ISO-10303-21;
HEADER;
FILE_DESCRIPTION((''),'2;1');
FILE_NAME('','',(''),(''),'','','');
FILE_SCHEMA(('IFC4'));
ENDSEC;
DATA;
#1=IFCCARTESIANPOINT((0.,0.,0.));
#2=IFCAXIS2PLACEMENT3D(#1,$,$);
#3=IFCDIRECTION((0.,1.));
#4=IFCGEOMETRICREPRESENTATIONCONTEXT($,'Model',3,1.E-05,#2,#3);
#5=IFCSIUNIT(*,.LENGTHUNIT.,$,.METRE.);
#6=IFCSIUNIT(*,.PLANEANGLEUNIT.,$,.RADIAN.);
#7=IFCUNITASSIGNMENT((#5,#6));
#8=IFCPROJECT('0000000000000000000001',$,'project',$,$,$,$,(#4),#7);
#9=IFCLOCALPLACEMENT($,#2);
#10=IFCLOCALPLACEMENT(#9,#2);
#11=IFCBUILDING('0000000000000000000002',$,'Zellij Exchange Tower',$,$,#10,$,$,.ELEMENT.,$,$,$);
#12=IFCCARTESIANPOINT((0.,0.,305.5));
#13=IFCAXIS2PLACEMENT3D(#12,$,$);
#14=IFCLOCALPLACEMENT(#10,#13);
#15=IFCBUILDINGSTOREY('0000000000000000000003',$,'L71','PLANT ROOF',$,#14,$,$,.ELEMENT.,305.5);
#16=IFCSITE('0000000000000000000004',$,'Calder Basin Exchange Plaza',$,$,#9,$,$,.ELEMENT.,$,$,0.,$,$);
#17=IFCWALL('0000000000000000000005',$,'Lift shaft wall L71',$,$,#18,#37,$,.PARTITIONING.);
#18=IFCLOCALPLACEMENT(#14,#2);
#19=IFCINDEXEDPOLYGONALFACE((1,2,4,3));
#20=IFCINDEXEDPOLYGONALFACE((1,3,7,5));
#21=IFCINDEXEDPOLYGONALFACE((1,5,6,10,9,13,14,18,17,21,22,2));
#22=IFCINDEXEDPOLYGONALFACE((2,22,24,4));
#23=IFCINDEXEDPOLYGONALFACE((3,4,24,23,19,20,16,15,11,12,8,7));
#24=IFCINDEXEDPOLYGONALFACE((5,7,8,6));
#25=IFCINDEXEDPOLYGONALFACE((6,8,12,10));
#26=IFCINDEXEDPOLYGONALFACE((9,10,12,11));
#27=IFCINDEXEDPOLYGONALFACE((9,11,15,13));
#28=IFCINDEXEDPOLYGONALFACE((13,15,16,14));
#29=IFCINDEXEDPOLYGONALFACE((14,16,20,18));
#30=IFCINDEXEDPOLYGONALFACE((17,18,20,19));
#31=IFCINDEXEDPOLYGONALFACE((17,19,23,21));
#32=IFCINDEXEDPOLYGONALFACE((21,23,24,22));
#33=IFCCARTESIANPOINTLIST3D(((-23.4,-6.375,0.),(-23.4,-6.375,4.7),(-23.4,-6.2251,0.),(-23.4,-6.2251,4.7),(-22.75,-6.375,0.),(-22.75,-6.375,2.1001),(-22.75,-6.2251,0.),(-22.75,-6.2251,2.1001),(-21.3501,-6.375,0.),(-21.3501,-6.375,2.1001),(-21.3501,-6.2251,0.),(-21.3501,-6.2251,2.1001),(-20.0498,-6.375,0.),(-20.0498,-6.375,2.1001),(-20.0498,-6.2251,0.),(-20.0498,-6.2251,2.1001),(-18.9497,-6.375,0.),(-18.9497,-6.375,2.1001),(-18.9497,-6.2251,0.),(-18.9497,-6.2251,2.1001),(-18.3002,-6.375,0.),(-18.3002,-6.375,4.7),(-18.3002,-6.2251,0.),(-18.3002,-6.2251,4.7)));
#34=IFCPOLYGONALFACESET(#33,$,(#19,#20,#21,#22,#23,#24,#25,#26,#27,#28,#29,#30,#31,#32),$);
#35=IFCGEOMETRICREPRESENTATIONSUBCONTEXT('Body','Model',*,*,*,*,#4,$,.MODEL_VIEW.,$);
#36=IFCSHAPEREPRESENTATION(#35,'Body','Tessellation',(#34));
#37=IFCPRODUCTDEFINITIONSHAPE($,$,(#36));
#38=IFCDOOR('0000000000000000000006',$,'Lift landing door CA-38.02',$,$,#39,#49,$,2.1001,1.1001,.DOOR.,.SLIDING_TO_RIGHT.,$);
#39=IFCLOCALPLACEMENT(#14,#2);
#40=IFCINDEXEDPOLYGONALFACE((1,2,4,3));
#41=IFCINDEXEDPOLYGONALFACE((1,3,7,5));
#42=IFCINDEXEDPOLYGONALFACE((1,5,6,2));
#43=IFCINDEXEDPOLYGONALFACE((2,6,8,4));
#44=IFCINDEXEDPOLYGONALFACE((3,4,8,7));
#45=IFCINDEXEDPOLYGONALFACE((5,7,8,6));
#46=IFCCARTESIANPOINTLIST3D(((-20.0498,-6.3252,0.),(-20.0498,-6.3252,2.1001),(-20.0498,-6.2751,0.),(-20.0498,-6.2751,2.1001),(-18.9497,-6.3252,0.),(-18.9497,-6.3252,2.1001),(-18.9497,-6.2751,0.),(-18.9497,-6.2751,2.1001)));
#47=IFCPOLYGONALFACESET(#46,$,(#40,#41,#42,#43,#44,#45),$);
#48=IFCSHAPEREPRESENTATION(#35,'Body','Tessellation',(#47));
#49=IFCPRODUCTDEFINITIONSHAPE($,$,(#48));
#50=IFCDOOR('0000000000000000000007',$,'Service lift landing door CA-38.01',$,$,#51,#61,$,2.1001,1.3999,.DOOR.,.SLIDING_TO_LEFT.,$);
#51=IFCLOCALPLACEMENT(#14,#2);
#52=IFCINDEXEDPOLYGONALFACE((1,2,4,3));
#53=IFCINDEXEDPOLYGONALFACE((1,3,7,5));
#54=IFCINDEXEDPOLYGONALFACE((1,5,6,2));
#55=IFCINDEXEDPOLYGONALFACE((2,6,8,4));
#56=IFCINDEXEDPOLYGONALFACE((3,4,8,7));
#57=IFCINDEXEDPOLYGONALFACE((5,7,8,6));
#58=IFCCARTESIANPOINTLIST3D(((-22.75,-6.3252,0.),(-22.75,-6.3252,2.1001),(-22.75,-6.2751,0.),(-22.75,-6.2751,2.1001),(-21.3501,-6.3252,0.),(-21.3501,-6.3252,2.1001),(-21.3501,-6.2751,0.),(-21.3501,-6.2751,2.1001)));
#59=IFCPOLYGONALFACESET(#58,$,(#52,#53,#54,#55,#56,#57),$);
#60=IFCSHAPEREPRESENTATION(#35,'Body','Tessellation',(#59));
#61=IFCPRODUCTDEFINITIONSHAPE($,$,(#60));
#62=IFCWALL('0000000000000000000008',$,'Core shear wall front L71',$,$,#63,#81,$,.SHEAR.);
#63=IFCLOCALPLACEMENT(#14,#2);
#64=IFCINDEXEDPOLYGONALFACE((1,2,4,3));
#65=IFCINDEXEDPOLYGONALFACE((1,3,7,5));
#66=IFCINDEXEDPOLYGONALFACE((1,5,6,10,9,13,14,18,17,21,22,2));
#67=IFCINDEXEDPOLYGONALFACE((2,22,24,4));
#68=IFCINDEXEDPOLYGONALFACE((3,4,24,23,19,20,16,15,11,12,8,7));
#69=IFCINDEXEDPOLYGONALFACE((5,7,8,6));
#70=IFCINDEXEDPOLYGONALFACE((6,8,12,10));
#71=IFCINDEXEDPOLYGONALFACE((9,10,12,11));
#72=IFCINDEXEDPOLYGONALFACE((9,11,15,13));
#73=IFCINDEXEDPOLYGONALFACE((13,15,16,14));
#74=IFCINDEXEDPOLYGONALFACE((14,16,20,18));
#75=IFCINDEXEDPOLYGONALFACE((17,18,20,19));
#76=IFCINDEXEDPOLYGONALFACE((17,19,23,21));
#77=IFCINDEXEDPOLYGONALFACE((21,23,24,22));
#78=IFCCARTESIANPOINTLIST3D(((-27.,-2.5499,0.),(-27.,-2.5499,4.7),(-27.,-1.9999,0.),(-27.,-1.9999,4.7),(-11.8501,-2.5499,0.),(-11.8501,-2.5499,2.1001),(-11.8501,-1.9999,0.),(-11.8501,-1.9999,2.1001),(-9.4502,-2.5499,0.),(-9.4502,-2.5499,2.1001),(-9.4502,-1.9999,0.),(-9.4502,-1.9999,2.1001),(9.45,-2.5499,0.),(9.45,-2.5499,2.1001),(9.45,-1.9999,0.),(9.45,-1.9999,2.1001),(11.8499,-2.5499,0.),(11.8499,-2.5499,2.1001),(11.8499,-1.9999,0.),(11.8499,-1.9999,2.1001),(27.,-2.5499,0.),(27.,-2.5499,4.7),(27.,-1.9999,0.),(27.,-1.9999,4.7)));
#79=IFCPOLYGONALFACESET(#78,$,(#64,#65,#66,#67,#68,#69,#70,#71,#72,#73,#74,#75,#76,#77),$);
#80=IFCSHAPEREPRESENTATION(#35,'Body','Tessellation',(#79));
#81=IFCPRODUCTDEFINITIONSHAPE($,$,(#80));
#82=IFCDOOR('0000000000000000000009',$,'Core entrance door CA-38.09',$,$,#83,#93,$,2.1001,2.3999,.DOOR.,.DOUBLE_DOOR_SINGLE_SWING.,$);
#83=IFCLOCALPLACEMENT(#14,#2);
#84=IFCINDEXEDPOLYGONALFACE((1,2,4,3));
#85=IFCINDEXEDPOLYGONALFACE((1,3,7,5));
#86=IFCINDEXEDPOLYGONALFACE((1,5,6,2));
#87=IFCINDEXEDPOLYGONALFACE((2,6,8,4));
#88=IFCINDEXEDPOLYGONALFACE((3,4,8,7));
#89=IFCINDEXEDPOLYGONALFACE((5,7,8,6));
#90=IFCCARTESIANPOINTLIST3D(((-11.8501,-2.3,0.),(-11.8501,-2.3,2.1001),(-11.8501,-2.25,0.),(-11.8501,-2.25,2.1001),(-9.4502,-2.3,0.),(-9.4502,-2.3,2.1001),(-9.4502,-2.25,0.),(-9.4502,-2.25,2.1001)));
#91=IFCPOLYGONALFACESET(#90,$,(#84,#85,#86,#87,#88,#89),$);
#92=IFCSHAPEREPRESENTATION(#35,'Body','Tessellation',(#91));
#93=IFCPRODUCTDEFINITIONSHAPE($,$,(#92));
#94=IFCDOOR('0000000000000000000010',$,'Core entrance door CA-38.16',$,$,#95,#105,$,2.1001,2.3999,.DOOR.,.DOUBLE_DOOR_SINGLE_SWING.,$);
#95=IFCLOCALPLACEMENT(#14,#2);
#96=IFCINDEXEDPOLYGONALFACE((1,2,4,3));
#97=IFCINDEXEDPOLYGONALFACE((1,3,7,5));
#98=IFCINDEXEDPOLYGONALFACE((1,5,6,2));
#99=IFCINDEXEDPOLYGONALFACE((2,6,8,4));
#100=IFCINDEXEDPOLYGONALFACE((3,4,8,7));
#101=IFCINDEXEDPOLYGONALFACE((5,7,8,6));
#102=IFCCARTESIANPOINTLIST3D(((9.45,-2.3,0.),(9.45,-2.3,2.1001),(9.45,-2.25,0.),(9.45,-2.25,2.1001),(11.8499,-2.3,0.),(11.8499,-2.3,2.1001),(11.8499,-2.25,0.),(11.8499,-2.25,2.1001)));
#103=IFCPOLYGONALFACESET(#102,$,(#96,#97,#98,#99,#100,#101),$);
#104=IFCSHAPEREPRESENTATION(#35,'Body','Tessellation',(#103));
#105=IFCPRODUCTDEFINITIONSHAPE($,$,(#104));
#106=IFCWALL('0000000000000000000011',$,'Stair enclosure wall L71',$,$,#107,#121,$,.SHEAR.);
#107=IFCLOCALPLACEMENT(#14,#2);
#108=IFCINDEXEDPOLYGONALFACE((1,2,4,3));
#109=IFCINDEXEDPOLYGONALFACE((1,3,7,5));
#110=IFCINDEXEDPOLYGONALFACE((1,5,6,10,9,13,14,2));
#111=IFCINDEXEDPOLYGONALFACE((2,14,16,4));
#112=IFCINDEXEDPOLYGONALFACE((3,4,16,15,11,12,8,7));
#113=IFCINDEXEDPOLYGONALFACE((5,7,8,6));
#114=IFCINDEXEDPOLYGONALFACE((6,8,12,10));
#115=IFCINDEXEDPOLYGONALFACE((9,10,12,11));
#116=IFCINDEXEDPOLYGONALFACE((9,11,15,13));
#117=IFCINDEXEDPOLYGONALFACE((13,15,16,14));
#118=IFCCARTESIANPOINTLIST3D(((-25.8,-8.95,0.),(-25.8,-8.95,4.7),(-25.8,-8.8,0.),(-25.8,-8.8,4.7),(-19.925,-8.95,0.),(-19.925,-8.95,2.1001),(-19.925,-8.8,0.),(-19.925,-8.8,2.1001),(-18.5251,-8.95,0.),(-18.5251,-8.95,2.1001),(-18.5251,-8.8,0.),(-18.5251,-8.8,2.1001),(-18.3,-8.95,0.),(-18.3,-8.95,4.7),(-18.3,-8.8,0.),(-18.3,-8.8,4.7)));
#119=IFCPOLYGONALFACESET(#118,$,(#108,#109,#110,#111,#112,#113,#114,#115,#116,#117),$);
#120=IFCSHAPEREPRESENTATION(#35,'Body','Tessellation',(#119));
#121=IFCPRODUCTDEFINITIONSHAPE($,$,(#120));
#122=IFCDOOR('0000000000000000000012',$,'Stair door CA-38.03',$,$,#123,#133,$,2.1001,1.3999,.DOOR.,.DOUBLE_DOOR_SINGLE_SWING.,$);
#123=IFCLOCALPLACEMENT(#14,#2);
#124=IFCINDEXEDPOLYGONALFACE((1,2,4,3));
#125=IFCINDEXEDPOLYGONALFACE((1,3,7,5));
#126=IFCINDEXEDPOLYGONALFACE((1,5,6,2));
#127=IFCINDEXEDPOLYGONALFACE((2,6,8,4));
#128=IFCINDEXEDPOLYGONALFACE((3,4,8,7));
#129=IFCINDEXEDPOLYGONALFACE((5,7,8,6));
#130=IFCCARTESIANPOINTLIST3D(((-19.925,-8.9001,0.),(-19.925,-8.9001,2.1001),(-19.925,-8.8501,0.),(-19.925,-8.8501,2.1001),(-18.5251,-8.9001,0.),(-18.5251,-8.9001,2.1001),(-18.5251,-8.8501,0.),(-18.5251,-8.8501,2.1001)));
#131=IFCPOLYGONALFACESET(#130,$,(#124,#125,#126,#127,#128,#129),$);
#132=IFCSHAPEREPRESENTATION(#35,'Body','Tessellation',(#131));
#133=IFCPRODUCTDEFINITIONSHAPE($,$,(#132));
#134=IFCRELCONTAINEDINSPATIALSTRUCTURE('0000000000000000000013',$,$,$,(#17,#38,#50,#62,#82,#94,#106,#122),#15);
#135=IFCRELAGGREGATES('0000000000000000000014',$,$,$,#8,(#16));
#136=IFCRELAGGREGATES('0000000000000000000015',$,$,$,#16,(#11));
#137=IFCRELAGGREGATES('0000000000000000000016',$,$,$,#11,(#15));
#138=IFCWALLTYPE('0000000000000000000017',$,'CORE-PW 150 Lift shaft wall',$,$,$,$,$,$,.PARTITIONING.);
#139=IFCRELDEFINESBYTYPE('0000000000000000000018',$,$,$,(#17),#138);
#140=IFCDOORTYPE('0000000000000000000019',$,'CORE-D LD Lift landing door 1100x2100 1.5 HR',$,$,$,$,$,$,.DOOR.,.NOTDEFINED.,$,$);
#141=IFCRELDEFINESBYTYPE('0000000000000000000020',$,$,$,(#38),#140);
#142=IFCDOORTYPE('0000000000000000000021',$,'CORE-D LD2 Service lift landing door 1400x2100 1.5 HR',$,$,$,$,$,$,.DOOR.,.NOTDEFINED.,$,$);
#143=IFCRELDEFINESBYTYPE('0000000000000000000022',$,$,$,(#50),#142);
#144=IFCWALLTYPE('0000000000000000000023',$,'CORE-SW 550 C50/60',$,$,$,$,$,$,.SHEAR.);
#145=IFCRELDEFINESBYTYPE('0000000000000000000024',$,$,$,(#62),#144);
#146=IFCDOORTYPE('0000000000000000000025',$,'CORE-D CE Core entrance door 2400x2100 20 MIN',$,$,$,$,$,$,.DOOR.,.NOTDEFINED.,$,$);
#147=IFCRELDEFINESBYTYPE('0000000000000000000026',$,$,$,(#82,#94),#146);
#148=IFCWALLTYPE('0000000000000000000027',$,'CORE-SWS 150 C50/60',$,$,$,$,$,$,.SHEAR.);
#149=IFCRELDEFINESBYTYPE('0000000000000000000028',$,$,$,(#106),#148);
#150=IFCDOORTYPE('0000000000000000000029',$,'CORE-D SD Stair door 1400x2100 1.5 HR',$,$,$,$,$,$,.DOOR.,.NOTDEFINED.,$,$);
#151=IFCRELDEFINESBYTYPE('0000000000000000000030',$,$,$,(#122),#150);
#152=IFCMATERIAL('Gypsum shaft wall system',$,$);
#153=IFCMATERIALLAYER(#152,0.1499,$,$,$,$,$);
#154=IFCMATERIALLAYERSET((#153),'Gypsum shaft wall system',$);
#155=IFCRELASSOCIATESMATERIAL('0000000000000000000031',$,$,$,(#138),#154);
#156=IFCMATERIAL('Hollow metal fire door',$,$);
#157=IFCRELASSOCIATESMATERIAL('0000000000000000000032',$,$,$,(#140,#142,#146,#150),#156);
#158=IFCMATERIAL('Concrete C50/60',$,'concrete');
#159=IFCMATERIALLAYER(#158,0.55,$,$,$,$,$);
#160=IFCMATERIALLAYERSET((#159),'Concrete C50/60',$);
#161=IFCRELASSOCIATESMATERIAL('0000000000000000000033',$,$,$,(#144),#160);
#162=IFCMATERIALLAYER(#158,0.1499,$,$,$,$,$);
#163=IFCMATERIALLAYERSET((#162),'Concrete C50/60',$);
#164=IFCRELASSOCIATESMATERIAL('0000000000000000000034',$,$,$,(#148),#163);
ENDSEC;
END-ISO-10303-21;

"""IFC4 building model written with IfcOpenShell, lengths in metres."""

from ifc_helpers import new_model, si_unit, direction, frame, frame_2d, origin, place, context, subcontext, project, spatial, rectangle, extrude, material, layer, layer_set, type_object, element, fill, save


model = new_model("IFC4")

# Units and contexts
model_context = context("Model", 3, precision=1e-05, world=origin(), true_north=direction((0.0, 1.0)))
body_context = subcontext(model_context, "Body", "Model", "MODEL_VIEW")
ifc_project = project(units=[si_unit("LENGTHUNIT", "METRE"), si_unit("PLANEANGLEUNIT", "RADIAN")], contexts=[model_context])

# Site, building, storey
site_placement = place(None, origin())
site = spatial("IfcSite", under=ifc_project, at=site_placement, Name="Calder Basin Exchange Plaza", CompositionType="ELEMENT", RefElevation=0.0)
building_placement = place(site_placement, origin())
building = spatial("IfcBuilding", under=site, at=building_placement, Name="Zellij Exchange Tower", CompositionType="ELEMENT")
storey_placement = place(building_placement, frame((0.0, 0.0, 305.5)))
storey = spatial("IfcBuildingStorey", under=building, at=storey_placement, Name="L71", Description="PLANT ROOF", CompositionType="ELEMENT", Elevation=305.5)

# Shared definitions
ifc_material_1 = material(Name="Hollow metal fire door")

# Shared definitions
ifc_material_2 = material(Name="Gypsum shaft wall system")
ifc_layer_1 = layer(ifc_material_2, 0.1499)
ifc_layer_set_1 = layer_set([ifc_layer_1], Name="Gypsum shaft wall system")
wall_type_1 = type_object("IfcWallType", Name="CORE-PW 150 Lift shaft wall", PredefinedType="PARTITIONING", material=ifc_layer_set_1)

# Walls, openings, doors
wall_1_placement = place(storey_placement, frame((-23.3999, -6.3, 0.0), z_axis=(0.0, 0.0, 1.0), x_axis=(1.0, 0.0, 0.0)))
wall_1 = element("IfcWall", 1, at=wall_1_placement, inside=storey, type_object=wall_type_1, Name="Lift shaft wall L71", PredefinedType="PARTITIONING", context=body_context, shape_type="SweptSolid", body=[
    extrude(rectangle(XDim=5.0999, YDim=0.1499, at=frame_2d((2.5498, 0.0))), origin(), (0.0, 0.0, 1.0), 4.7),
])
opening_1_placement = place(wall_1_placement, frame((0.6499, 0.0, 0.0)))
opening_1 = element("IfcOpeningElement", 2, at=opening_1_placement, cuts=wall_1, PredefinedType="OPENING", context=body_context, shape_type="SweptSolid", body=[
    extrude(rectangle(XDim=1.3999, YDim=2.1001, at=frame_2d((0.7, 1.05))), frame((0.0, 0.0869, 0.0), z_axis=(0.0, -1.0, 0.0), x_axis=(1.0, 0.0, 0.0)), (0.0, 0.0, 1.0), 0.1738),
])
opening_2_placement = place(wall_1_placement, frame((3.3501, 0.0, 0.0)))
opening_2 = element("IfcOpeningElement", 3, at=opening_2_placement, cuts=wall_1, PredefinedType="OPENING", context=body_context, shape_type="SweptSolid", body=[
    extrude(rectangle(XDim=1.1001, YDim=2.1001, at=frame_2d((0.55, 1.05))), frame((0.0, 0.0869, 0.0), z_axis=(0.0, -1.0, 0.0), x_axis=(1.0, 0.0, 0.0)), (0.0, 0.0, 1.0), 0.1738),
])
door_type_1 = type_object("IfcDoorType", Name="CORE-D LD Lift landing door 1100x2100 1.5 HR", OperationType="NOTDEFINED", PredefinedType="DOOR", material=ifc_material_1)
door_1_placement = place(opening_2_placement, origin())
door_1 = element("IfcDoor", 4, at=door_1_placement, inside=storey, type_object=door_type_1, Name="Lift landing door CA-38.02", OperationType="SLIDING_TO_RIGHT", OverallHeight=2.1001, OverallWidth=1.1001, PredefinedType="DOOR", context=body_context, shape_type="SweptSolid", body=[
    extrude(rectangle(XDim=1.1001, YDim=2.1001, at=frame_2d((0.55, 1.05))), frame((0.0, 0.0249, 0.0), z_axis=(0.0, -1.0, 0.0), x_axis=(1.0, 0.0, 0.0)), (0.0, 0.0, 1.0), 0.05),
])
fill(opening_2, door_1)
door_type_2 = type_object("IfcDoorType", Name="CORE-D LD2 Service lift landing door 1400x2100 1.5 HR", OperationType="NOTDEFINED", PredefinedType="DOOR", material=ifc_material_1)
door_2_placement = place(opening_1_placement, origin())
door_2 = element("IfcDoor", 5, at=door_2_placement, inside=storey, type_object=door_type_2, Name="Service lift landing door CA-38.01", OperationType="SLIDING_TO_LEFT", OverallHeight=2.1001, OverallWidth=1.3999, PredefinedType="DOOR", context=body_context, shape_type="SweptSolid", body=[
    extrude(rectangle(XDim=1.3999, YDim=2.1001, at=frame_2d((0.7, 1.05))), frame((0.0, 0.0249, 0.0), z_axis=(0.0, -1.0, 0.0), x_axis=(1.0, 0.0, 0.0)), (0.0, 0.0, 1.0), 0.05),
])
fill(opening_1, door_2)
ifc_material_3 = material(Name="Concrete C50/60", Category="concrete")
ifc_layer_2 = layer(ifc_material_3, 0.55)
ifc_layer_set_2 = layer_set([ifc_layer_2], Name="Concrete C50/60")
wall_type_2 = type_object("IfcWallType", Name="CORE-SW 550 C50/60", PredefinedType="SHEAR", material=ifc_layer_set_2)
wall_2_placement = place(storey_placement, frame((-27.0, -2.2749, 0.0), z_axis=(0.0, 0.0, 1.0), x_axis=(1.0, 0.0, 0.0)))
wall_2 = element("IfcWall", 6, at=wall_2_placement, inside=storey, type_object=wall_type_2, Name="Core shear wall front L71", PredefinedType="SHEAR", context=body_context, shape_type="SweptSolid", body=[
    extrude(rectangle(XDim=54.0, YDim=0.55, at=frame_2d((27.0, 0.0))), origin(), (0.0, 0.0, 1.0), 4.7),
])
opening_3_placement = place(wall_2_placement, frame((15.1499, 0.0, 0.0)))
opening_3 = element("IfcOpeningElement", 7, at=opening_3_placement, cuts=wall_2, PredefinedType="OPENING", context=body_context, shape_type="SweptSolid", body=[
    extrude(rectangle(XDim=2.3999, YDim=2.1001, at=frame_2d((1.2, 1.05))), frame((0.0, 0.2871, 0.0), z_axis=(0.0, -1.0, 0.0), x_axis=(1.0, 0.0, 0.0)), (0.0, 0.0, 1.0), 0.574),
])
opening_4_placement = place(wall_2_placement, frame((36.45, 0.0, 0.0)))
opening_4 = element("IfcOpeningElement", 8, at=opening_4_placement, cuts=wall_2, PredefinedType="OPENING", context=body_context, shape_type="SweptSolid", body=[
    extrude(rectangle(XDim=2.3999, YDim=2.1001, at=frame_2d((1.2, 1.05))), frame((0.0, 0.2871, 0.0), z_axis=(0.0, -1.0, 0.0), x_axis=(1.0, 0.0, 0.0)), (0.0, 0.0, 1.0), 0.574),
])
door_type_3 = type_object("IfcDoorType", Name="CORE-D CE Core entrance door 2400x2100 20 MIN", OperationType="NOTDEFINED", PredefinedType="DOOR", material=ifc_material_1)
door_3_placement = place(opening_3_placement, origin())
door_3 = element("IfcDoor", 9, at=door_3_placement, inside=storey, type_object=door_type_3, Name="Core entrance door CA-38.09", OperationType="DOUBLE_DOOR_SINGLE_SWING", OverallHeight=2.1001, OverallWidth=2.3999, PredefinedType="DOOR", context=body_context, shape_type="SweptSolid", body=[
    extrude(rectangle(XDim=2.3999, YDim=2.1001, at=frame_2d((1.2, 1.05))), frame((0.0, 0.0249, 0.0), z_axis=(0.0, -1.0, 0.0), x_axis=(1.0, 0.0, 0.0)), (0.0, 0.0, 1.0), 0.05),
])
fill(opening_3, door_3)
door_4_placement = place(opening_4_placement, origin())
door_4 = element("IfcDoor", 10, at=door_4_placement, inside=storey, type_object=door_type_3, Name="Core entrance door CA-38.16", OperationType="DOUBLE_DOOR_SINGLE_SWING", OverallHeight=2.1001, OverallWidth=2.3999, PredefinedType="DOOR", context=body_context, shape_type="SweptSolid", body=[
    extrude(rectangle(XDim=2.3999, YDim=2.1001, at=frame_2d((1.2, 1.05))), frame((0.0, 0.0249, 0.0), z_axis=(0.0, -1.0, 0.0), x_axis=(1.0, 0.0, 0.0)), (0.0, 0.0, 1.0), 0.05),
])
fill(opening_4, door_4)

# Wall, opening, door
ifc_layer_3 = layer(ifc_material_3, 0.1499)
ifc_layer_set_3 = layer_set([ifc_layer_3], Name="Concrete C50/60")
wall_type_3 = type_object("IfcWallType", Name="CORE-SWS 150 C50/60", PredefinedType="SHEAR", material=ifc_layer_set_3)
wall_3_placement = place(storey_placement, frame((-25.8, -8.875, 0.0), z_axis=(0.0, 0.0, 1.0), x_axis=(1.0, 0.0, 0.0)))
wall_3 = element("IfcWall", 11, at=wall_3_placement, inside=storey, type_object=wall_type_3, Name="Stair enclosure wall L71", PredefinedType="SHEAR", context=body_context, shape_type="SweptSolid", body=[
    extrude(rectangle(XDim=7.5, YDim=0.1499, at=frame_2d((3.75, 0.0))), origin(), (0.0, 0.0, 1.0), 4.7),
])
opening_5_placement = place(wall_3_placement, frame((5.875, 0.0, 0.0)))
opening_5 = element("IfcOpeningElement", 12, at=opening_5_placement, cuts=wall_3, PredefinedType="OPENING", context=body_context, shape_type="SweptSolid", body=[
    extrude(rectangle(XDim=1.3999, YDim=2.1001, at=frame_2d((0.7, 1.05))), frame((0.0, 0.0869, 0.0), z_axis=(0.0, -1.0, 0.0), x_axis=(1.0, 0.0, 0.0)), (0.0, 0.0, 1.0), 0.1738),
])
door_type_4 = type_object("IfcDoorType", Name="CORE-D SD Stair door 1400x2100 1.5 HR", OperationType="NOTDEFINED", PredefinedType="DOOR", material=ifc_material_1)
door_5_placement = place(opening_5_placement, origin())
door_5 = element("IfcDoor", 13, at=door_5_placement, inside=storey, type_object=door_type_4, Name="Stair door CA-38.03", OperationType="DOUBLE_DOOR_SINGLE_SWING", OverallHeight=2.1001, OverallWidth=1.3999, PredefinedType="DOOR", context=body_context, shape_type="SweptSolid", body=[
    extrude(rectangle(XDim=1.3999, YDim=2.1001, at=frame_2d((0.7, 1.05))), frame((0.0, 0.0249, 0.0), z_axis=(0.0, -1.0, 0.0), x_axis=(1.0, 0.0, 0.0)), (0.0, 0.0, 1.0), 0.05),
])
fill(opening_5, door_5)

save(model, "model.ifc")
